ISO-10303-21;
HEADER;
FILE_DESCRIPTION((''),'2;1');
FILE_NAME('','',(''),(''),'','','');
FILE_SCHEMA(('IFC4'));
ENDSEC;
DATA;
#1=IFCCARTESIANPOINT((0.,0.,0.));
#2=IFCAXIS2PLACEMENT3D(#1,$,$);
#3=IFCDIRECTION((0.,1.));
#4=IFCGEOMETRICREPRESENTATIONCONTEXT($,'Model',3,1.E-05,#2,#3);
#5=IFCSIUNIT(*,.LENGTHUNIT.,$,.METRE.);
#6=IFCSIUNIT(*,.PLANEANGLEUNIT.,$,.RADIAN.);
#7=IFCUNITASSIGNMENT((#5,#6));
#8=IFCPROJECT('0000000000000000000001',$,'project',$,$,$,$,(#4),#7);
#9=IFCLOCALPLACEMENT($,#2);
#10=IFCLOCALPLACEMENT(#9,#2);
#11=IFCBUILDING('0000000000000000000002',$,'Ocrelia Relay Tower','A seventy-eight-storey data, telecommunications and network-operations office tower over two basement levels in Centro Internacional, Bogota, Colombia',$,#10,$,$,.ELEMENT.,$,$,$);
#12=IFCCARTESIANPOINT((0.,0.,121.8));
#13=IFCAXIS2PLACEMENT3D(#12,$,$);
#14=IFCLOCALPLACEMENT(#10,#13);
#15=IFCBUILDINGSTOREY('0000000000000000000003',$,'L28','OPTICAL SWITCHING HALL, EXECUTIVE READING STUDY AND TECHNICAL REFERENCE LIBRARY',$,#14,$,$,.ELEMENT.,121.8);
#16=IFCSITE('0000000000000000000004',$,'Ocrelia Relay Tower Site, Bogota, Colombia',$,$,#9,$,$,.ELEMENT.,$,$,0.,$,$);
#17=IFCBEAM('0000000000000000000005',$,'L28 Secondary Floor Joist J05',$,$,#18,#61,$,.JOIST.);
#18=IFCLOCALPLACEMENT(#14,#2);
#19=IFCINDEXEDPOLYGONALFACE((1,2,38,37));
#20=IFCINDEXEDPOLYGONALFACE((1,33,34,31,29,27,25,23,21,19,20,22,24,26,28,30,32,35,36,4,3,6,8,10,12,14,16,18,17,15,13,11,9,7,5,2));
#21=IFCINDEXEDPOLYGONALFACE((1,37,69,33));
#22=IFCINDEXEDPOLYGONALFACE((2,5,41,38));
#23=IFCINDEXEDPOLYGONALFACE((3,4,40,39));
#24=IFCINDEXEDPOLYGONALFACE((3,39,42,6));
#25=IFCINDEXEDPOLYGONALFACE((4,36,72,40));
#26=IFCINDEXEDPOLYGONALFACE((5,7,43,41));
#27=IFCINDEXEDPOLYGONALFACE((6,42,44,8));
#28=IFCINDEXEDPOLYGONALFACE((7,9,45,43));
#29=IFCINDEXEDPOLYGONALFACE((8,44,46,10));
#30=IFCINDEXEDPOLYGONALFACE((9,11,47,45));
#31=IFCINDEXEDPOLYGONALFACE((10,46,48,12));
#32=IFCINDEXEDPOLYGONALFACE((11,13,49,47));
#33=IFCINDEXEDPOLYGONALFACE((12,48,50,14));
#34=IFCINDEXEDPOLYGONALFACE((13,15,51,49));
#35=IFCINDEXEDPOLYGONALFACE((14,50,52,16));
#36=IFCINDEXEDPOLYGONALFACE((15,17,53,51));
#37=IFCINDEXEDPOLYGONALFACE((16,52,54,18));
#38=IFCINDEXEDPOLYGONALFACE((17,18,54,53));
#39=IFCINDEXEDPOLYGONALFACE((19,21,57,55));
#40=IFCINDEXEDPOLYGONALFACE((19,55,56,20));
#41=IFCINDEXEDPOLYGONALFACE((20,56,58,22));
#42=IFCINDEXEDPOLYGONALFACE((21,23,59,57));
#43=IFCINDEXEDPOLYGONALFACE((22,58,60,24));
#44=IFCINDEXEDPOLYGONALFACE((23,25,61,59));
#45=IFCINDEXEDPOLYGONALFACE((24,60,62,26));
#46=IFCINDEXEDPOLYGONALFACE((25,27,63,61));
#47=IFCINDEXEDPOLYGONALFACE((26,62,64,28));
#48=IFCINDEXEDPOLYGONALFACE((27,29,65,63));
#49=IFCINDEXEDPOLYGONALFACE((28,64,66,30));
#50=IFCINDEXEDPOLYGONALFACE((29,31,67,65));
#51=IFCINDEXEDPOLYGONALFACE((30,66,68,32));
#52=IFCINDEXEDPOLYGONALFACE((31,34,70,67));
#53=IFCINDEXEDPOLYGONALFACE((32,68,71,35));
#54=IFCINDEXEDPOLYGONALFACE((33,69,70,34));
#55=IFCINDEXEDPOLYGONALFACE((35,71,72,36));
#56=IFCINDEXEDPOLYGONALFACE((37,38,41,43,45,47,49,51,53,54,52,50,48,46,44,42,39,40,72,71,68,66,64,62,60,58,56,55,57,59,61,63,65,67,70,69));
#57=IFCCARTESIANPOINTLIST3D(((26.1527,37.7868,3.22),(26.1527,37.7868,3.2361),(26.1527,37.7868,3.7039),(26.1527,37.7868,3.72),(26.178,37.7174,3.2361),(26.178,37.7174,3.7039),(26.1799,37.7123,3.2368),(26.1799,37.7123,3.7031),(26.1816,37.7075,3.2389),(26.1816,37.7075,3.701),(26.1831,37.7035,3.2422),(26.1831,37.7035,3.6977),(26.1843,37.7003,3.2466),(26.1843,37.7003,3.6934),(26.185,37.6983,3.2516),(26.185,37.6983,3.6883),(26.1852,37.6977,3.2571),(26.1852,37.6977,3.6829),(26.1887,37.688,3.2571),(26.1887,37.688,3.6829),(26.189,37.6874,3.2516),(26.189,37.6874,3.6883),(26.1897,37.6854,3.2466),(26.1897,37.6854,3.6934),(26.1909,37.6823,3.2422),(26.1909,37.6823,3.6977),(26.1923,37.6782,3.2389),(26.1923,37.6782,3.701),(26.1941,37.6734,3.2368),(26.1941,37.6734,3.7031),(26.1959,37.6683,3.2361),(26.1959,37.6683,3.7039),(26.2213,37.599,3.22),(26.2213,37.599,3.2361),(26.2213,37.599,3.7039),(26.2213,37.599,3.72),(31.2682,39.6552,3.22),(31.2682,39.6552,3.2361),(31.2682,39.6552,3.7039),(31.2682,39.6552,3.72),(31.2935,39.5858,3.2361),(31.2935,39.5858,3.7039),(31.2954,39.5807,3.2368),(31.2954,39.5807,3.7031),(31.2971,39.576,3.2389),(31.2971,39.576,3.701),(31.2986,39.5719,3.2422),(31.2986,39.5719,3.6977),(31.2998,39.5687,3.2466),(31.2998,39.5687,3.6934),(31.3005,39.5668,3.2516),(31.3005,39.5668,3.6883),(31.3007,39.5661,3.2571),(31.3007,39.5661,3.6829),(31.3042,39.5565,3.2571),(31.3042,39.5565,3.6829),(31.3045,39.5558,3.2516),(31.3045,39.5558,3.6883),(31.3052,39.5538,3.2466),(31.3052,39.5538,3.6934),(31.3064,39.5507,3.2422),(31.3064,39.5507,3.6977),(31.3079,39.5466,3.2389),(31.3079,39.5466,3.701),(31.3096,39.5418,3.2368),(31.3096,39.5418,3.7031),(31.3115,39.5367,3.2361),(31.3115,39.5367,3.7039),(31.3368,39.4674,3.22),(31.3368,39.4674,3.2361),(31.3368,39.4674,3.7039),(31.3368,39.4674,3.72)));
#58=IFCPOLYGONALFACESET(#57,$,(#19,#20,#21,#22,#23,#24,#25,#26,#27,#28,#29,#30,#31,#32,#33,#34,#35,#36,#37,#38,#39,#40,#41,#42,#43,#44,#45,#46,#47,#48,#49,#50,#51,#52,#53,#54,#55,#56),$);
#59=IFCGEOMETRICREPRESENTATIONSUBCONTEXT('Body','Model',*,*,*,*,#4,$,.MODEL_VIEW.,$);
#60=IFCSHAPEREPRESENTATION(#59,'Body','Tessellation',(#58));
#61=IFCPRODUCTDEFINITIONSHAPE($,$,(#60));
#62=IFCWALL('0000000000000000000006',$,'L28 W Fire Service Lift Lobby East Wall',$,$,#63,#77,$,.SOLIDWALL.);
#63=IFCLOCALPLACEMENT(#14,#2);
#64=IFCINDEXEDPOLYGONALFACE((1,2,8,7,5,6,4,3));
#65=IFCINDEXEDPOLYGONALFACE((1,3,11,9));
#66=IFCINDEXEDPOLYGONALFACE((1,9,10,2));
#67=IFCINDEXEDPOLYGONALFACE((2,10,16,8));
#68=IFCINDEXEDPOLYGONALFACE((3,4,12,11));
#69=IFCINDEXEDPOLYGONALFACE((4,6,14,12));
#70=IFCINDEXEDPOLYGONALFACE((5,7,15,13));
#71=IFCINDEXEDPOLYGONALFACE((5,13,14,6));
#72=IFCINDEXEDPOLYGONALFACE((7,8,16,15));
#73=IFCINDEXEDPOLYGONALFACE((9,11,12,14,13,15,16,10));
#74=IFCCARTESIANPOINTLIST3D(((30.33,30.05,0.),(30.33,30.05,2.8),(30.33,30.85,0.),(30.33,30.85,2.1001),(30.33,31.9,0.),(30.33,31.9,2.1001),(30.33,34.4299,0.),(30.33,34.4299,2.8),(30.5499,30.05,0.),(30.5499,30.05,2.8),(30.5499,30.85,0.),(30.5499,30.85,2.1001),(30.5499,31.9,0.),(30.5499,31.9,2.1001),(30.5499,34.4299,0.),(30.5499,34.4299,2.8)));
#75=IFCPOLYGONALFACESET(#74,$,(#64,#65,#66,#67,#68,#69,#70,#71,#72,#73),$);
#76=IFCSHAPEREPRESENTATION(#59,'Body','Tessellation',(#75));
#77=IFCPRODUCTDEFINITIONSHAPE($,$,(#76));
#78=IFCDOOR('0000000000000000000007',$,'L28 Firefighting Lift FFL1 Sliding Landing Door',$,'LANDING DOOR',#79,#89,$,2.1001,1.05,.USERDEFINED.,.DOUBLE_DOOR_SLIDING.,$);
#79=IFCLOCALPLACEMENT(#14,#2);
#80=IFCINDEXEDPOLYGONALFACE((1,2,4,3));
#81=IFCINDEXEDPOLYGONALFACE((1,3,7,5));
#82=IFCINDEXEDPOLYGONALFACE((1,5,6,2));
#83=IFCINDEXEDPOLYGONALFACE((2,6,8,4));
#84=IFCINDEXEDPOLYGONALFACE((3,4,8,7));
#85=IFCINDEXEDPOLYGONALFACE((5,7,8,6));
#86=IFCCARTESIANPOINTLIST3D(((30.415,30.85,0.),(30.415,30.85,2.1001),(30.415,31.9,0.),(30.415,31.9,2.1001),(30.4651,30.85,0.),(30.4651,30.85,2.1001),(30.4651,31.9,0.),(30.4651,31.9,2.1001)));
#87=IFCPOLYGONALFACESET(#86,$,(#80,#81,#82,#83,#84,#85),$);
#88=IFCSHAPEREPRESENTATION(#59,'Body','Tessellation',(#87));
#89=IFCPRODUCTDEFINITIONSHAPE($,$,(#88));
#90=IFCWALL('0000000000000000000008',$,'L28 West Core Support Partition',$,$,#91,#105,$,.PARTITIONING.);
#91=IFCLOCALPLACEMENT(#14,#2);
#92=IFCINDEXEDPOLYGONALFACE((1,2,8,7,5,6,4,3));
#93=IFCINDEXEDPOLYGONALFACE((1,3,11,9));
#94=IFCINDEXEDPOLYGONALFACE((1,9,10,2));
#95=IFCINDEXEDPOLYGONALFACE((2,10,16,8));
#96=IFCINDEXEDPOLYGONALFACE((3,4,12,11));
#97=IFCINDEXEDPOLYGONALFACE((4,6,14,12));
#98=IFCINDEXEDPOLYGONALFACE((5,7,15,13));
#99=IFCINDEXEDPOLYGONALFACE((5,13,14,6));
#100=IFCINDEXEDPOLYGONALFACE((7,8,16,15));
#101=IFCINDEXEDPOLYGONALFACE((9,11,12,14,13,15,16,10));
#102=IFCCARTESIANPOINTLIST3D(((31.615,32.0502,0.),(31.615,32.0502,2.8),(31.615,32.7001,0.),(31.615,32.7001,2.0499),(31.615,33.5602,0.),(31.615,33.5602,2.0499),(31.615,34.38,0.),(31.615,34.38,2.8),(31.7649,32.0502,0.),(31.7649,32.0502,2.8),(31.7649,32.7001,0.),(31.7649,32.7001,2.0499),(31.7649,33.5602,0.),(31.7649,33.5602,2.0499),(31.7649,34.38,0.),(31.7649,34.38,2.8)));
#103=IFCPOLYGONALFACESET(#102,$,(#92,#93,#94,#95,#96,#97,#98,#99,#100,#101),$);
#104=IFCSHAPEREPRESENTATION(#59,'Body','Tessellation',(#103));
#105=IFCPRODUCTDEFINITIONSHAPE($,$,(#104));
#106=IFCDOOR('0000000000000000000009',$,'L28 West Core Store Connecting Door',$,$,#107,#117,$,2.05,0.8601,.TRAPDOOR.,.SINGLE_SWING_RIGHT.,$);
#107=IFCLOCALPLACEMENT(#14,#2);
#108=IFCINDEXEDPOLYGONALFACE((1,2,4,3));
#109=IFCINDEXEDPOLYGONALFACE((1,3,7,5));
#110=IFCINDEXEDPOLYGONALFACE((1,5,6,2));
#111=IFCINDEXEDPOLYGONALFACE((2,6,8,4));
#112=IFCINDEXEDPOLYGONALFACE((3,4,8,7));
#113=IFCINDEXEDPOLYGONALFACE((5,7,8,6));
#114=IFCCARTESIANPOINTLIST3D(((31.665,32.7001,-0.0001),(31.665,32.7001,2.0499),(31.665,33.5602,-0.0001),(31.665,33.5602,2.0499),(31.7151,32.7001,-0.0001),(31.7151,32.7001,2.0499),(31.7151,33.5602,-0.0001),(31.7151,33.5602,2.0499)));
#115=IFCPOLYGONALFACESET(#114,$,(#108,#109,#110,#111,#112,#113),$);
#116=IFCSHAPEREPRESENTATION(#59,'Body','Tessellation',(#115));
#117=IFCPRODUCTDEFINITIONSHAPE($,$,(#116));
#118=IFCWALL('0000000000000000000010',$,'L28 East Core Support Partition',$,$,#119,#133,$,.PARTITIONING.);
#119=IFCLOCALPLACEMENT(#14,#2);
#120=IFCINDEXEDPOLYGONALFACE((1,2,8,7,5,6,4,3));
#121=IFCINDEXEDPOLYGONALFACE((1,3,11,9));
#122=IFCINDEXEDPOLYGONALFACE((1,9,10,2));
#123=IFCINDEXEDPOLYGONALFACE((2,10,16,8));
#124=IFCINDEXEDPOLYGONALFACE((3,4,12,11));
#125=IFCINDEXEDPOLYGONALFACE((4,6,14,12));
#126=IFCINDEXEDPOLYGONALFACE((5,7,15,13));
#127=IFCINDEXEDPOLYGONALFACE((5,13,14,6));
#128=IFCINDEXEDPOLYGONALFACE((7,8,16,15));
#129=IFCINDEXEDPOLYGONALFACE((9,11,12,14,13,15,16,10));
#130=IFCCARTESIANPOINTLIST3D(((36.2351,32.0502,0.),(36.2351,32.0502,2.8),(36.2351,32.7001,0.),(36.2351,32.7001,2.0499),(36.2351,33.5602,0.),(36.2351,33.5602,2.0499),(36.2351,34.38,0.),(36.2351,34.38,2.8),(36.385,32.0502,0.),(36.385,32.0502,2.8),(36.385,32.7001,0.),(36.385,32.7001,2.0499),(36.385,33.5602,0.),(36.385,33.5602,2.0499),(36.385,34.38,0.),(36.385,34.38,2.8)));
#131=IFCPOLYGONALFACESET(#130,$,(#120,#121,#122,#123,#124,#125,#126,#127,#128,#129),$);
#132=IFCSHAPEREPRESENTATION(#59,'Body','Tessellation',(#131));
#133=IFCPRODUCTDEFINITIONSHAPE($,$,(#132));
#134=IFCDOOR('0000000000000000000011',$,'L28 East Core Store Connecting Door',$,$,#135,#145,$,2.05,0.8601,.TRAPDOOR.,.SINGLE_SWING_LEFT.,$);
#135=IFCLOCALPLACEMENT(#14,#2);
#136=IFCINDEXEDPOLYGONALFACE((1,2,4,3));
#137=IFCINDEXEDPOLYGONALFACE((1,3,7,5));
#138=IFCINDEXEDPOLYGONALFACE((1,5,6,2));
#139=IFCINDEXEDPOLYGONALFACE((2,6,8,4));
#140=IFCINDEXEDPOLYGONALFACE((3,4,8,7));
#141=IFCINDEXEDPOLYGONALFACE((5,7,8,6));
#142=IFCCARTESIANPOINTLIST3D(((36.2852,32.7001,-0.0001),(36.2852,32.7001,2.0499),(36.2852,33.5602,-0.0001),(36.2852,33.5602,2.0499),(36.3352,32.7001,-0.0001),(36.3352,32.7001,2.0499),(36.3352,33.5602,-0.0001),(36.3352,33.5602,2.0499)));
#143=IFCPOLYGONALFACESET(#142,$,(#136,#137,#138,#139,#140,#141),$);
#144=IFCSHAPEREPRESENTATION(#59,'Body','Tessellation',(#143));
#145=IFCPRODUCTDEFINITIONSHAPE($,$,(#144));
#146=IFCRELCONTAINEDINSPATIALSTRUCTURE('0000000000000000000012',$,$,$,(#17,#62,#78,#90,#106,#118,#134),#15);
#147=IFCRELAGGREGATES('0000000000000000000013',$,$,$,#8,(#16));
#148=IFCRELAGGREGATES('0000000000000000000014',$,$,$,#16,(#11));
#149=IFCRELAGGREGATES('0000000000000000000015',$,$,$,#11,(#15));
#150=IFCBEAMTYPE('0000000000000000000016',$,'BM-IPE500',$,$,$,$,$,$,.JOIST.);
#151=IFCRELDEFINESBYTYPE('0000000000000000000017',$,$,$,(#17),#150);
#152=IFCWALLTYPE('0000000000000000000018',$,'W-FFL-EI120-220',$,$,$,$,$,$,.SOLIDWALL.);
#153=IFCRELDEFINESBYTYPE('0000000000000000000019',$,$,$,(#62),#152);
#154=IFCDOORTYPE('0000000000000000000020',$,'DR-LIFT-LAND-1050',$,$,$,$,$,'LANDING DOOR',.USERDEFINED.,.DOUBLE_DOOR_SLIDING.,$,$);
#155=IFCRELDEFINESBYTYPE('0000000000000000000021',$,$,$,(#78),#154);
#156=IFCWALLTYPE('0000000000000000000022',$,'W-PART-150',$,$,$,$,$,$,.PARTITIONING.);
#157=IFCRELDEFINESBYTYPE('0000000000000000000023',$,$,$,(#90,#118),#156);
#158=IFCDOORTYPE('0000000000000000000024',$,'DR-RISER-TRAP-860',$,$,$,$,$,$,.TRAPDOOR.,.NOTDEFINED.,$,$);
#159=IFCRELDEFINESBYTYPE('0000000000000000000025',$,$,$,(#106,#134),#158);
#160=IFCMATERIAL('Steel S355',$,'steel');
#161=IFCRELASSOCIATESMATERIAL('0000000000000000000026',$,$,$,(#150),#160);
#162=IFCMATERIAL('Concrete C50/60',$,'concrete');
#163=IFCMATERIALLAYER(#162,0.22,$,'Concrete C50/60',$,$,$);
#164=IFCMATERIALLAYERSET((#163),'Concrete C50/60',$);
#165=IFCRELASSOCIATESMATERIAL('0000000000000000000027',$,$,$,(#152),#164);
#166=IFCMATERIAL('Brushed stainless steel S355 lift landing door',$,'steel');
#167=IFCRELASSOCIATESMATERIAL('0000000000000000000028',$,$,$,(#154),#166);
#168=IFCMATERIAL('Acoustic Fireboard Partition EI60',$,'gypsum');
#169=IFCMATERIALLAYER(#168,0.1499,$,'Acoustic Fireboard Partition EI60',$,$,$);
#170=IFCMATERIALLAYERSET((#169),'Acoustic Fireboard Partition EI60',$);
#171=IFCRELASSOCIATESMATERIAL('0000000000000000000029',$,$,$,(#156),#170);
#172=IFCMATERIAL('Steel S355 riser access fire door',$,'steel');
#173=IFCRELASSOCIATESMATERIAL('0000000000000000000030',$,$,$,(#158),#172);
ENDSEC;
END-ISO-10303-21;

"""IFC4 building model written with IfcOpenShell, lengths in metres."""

from ifc_helpers import new_model, si_unit, direction, frame, frame_2d, origin, origin_2d, place, context, subcontext, project, spatial, rectangle, i_section, extrude, material, layer, layer_set, material_profile, profile_set, type_object, element, fill, save


model = new_model("IFC4")

# Units and contexts
model_context = context("Model", 3, precision=1e-05, world=origin(), true_north=direction((0.0, 1.0)))
body_context = subcontext(model_context, "Body", "Model", "MODEL_VIEW")
ifc_project = project(units=[si_unit("LENGTHUNIT", "METRE"), si_unit("PLANEANGLEUNIT", "RADIAN")], contexts=[model_context])

# Site, building, storey
site_placement = place(None, origin())
site = spatial("IfcSite", under=ifc_project, at=site_placement, Name="Ocrelia Relay Tower Site, Bogota, Colombia", CompositionType="ELEMENT", RefElevation=0.0)
building_placement = place(site_placement, origin())
building = spatial("IfcBuilding", under=site, at=building_placement, Name="Ocrelia Relay Tower", Description="A seventy-eight-storey data, telecommunications and network-operations office tower over two basement levels in Centro Internacional, Bogota, Colombia", CompositionType="ELEMENT")
storey_placement = place(building_placement, frame((0.0, 0.0, 121.8)))
storey = spatial("IfcBuildingStorey", under=building, at=storey_placement, Name="L28", Description="OPTICAL SWITCHING HALL, EXECUTIVE READING STUDY AND TECHNICAL REFERENCE LIBRARY", CompositionType="ELEMENT", Elevation=121.8)

# Beam
ifc_material_1 = material(Name="Steel S355", Category="steel")
ifc_material_profile = material_profile(ifc_material_1, i_section(OverallWidth=0.2, OverallDepth=0.5, WebThickness=0.0103, FlangeThickness=0.0161, FilletRadius=0.021, at=origin_2d()), Name="IPE 500")
ifc_profile_set = profile_set([ifc_material_profile], Name="Steel S355")
beam_type = type_object("IfcBeamType", Name="BM-IPE500", PredefinedType="JOIST", material=ifc_profile_set)
beam_placement = place(storey_placement, frame((31.3025, 39.5613, 3.47), z_axis=(-0.939307, -0.343078, 0.0), x_axis=(0.343078, -0.939307, 0.0)))
element("IfcBeam", 1, at=beam_placement, inside=storey, type_object=beam_type, Name="L28 Secondary Floor Joist J05", PredefinedType="JOIST", context=body_context, shape_type="SweptSolid", body=[
    extrude(i_section(OverallWidth=0.2, OverallDepth=0.5, WebThickness=0.0103, FlangeThickness=0.0161, FilletRadius=0.021, at=origin_2d()), origin(), (0.0, 0.0, 1.0), 5.446),
])

# Walls, openings, doors
ifc_material_2 = material(Name="Concrete C50/60", Category="concrete")
ifc_layer_1 = layer(ifc_material_2, 0.22, Name="Concrete C50/60")
ifc_layer_set_1 = layer_set([ifc_layer_1], Name="Concrete C50/60")
wall_type_1 = type_object("IfcWallType", Name="W-FFL-EI120-220", PredefinedType="SOLIDWALL", material=ifc_layer_set_1)
wall_1_placement = place(storey_placement, frame((30.4399, 30.05, 0.0), z_axis=(0.0, 0.0, 1.0), x_axis=(0.0, 1.0, 0.0)))
wall_1 = element("IfcWall", 2, at=wall_1_placement, inside=storey, type_object=wall_type_1, Name="L28 W Fire Service Lift Lobby East Wall", PredefinedType="SOLIDWALL", context=body_context, shape_type="SweptSolid", body=[
    extrude(rectangle(XDim=4.3799, YDim=0.22, at=frame_2d((2.1899, 0.0))), origin(), (0.0, 0.0, 1.0), 2.8),
])
opening_1_placement = place(wall_1_placement, frame((0.8, 0.0, 0.0)))
opening_1 = element("IfcOpeningElement", 3, at=opening_1_placement, cuts=wall_1, PredefinedType="OPENING", context=body_context, shape_type="SweptSolid", body=[
    extrude(rectangle(XDim=1.05, YDim=2.1001, at=frame_2d((0.5249, 1.05))), frame((0.0, 0.1201, 0.0), z_axis=(0.0, -1.0, 0.0), x_axis=(1.0, 0.0, 0.0)), (0.0, 0.0, 1.0), 0.24),
])
ifc_material_3 = material(Name="Brushed stainless steel S355 lift landing door", Category="steel")
door_type_1 = type_object("IfcDoorType", Name="DR-LIFT-LAND-1050", ElementType="LANDING DOOR", OperationType="DOUBLE_DOOR_SLIDING", PredefinedType="USERDEFINED", material=ifc_material_3)
door_1_placement = place(opening_1_placement, origin())
door_1 = element("IfcDoor", 4, at=door_1_placement, inside=storey, type_object=door_type_1, Name="L28 Firefighting Lift FFL1 Sliding Landing Door", ObjectType="LANDING DOOR", OperationType="DOUBLE_DOOR_SLIDING", OverallHeight=2.1001, OverallWidth=1.05, PredefinedType="USERDEFINED", context=body_context, shape_type="SweptSolid", body=[
    extrude(rectangle(XDim=1.05, YDim=2.1001, at=frame_2d((0.5249, 1.05))), frame((0.0, 0.0249, 0.0), z_axis=(0.0, -1.0, 0.0), x_axis=(1.0, 0.0, 0.0)), (0.0, 0.0, 1.0), 0.05),
])
fill(opening_1, door_1)
ifc_material_4 = material(Name="Acoustic Fireboard Partition EI60", Category="gypsum")
ifc_layer_2 = layer(ifc_material_4, 0.1499, Name="Acoustic Fireboard Partition EI60")
ifc_layer_set_2 = layer_set([ifc_layer_2], Name="Acoustic Fireboard Partition EI60")
wall_type_2 = type_object("IfcWallType", Name="W-PART-150", PredefinedType="PARTITIONING", material=ifc_layer_set_2)
wall_2_placement = place(storey_placement, frame((31.6899, 32.05, 0.0), z_axis=(0.0, 0.0, 1.0), x_axis=(0.0, 1.0, 0.0)))
wall_2 = element("IfcWall", 5, at=wall_2_placement, inside=storey, type_object=wall_type_2, Name="L28 West Core Support Partition", PredefinedType="PARTITIONING", context=body_context, shape_type="SweptSolid", body=[
    extrude(rectangle(XDim=2.3298, YDim=0.1499, at=frame_2d((1.165, 0.0))), origin(), (0.0, 0.0, 1.0), 2.8),
])
opening_2_placement = place(wall_2_placement, frame((0.6499, 0.0, 0.0)))
opening_2 = element("IfcOpeningElement", 6, at=opening_2_placement, cuts=wall_2, PredefinedType="OPENING", context=body_context, shape_type="SweptSolid", body=[
    extrude(rectangle(XDim=0.8601, YDim=2.05, at=frame_2d((0.4302, 1.0249))), frame((0.0, 0.085, 0.0), z_axis=(0.0, -1.0, 0.0), x_axis=(1.0, 0.0, 0.0)), (0.0, 0.0, 1.0), 0.1699),
])
ifc_material_5 = material(Name="Steel S355 riser access fire door", Category="steel")
door_type_2 = type_object("IfcDoorType", Name="DR-RISER-TRAP-860", OperationType="NOTDEFINED", PredefinedType="TRAPDOOR", material=ifc_material_5)
door_2_placement = place(opening_2_placement, origin())
door_2 = element("IfcDoor", 7, at=door_2_placement, inside=storey, type_object=door_type_2, Name="L28 West Core Store Connecting Door", OperationType="SINGLE_SWING_RIGHT", OverallHeight=2.05, OverallWidth=0.8601, PredefinedType="TRAPDOOR", context=body_context, shape_type="SweptSolid", body=[
    extrude(rectangle(XDim=0.8601, YDim=2.05, at=frame_2d((0.4302, 1.0249))), frame((0.0, 0.0249, 0.0), z_axis=(0.0, -1.0, 0.0), x_axis=(1.0, 0.0, 0.0)), (0.0, 0.0, 1.0), 0.05),
])
fill(opening_2, door_2)
wall_3_placement = place(storey_placement, frame((36.3101, 32.05, 0.0), z_axis=(0.0, 0.0, 1.0), x_axis=(0.0, 1.0, 0.0)))
wall_3 = element("IfcWall", 8, at=wall_3_placement, inside=storey, type_object=wall_type_2, Name="L28 East Core Support Partition", PredefinedType="PARTITIONING", context=body_context, shape_type="SweptSolid", body=[
    extrude(rectangle(XDim=2.3298, YDim=0.1499, at=frame_2d((1.165, 0.0))), origin(), (0.0, 0.0, 1.0), 2.8),
])
opening_3_placement = place(wall_3_placement, frame((0.6499, 0.0, 0.0)))
opening_3 = element("IfcOpeningElement", 9, at=opening_3_placement, cuts=wall_3, PredefinedType="OPENING", context=body_context, shape_type="SweptSolid", body=[
    extrude(rectangle(XDim=0.8601, YDim=2.05, at=frame_2d((0.4302, 1.0249))), frame((0.0, 0.085, 0.0), z_axis=(0.0, -1.0, 0.0), x_axis=(1.0, 0.0, 0.0)), (0.0, 0.0, 1.0), 0.1699),
])
door_3_placement = place(opening_3_placement, origin())
door_3 = element("IfcDoor", 10, at=door_3_placement, inside=storey, type_object=door_type_2, Name="L28 East Core Store Connecting Door", OperationType="SINGLE_SWING_LEFT", OverallHeight=2.05, OverallWidth=0.8601, PredefinedType="TRAPDOOR", context=body_context, shape_type="SweptSolid", body=[
    extrude(rectangle(XDim=0.8601, YDim=2.05, at=frame_2d((0.4302, 1.0249))), frame((0.0, 0.0249, 0.0), z_axis=(0.0, -1.0, 0.0), x_axis=(1.0, 0.0, 0.0)), (0.0, 0.0, 1.0), 0.05),
])
fill(opening_3, door_3)

save(model, "model.ifc")
